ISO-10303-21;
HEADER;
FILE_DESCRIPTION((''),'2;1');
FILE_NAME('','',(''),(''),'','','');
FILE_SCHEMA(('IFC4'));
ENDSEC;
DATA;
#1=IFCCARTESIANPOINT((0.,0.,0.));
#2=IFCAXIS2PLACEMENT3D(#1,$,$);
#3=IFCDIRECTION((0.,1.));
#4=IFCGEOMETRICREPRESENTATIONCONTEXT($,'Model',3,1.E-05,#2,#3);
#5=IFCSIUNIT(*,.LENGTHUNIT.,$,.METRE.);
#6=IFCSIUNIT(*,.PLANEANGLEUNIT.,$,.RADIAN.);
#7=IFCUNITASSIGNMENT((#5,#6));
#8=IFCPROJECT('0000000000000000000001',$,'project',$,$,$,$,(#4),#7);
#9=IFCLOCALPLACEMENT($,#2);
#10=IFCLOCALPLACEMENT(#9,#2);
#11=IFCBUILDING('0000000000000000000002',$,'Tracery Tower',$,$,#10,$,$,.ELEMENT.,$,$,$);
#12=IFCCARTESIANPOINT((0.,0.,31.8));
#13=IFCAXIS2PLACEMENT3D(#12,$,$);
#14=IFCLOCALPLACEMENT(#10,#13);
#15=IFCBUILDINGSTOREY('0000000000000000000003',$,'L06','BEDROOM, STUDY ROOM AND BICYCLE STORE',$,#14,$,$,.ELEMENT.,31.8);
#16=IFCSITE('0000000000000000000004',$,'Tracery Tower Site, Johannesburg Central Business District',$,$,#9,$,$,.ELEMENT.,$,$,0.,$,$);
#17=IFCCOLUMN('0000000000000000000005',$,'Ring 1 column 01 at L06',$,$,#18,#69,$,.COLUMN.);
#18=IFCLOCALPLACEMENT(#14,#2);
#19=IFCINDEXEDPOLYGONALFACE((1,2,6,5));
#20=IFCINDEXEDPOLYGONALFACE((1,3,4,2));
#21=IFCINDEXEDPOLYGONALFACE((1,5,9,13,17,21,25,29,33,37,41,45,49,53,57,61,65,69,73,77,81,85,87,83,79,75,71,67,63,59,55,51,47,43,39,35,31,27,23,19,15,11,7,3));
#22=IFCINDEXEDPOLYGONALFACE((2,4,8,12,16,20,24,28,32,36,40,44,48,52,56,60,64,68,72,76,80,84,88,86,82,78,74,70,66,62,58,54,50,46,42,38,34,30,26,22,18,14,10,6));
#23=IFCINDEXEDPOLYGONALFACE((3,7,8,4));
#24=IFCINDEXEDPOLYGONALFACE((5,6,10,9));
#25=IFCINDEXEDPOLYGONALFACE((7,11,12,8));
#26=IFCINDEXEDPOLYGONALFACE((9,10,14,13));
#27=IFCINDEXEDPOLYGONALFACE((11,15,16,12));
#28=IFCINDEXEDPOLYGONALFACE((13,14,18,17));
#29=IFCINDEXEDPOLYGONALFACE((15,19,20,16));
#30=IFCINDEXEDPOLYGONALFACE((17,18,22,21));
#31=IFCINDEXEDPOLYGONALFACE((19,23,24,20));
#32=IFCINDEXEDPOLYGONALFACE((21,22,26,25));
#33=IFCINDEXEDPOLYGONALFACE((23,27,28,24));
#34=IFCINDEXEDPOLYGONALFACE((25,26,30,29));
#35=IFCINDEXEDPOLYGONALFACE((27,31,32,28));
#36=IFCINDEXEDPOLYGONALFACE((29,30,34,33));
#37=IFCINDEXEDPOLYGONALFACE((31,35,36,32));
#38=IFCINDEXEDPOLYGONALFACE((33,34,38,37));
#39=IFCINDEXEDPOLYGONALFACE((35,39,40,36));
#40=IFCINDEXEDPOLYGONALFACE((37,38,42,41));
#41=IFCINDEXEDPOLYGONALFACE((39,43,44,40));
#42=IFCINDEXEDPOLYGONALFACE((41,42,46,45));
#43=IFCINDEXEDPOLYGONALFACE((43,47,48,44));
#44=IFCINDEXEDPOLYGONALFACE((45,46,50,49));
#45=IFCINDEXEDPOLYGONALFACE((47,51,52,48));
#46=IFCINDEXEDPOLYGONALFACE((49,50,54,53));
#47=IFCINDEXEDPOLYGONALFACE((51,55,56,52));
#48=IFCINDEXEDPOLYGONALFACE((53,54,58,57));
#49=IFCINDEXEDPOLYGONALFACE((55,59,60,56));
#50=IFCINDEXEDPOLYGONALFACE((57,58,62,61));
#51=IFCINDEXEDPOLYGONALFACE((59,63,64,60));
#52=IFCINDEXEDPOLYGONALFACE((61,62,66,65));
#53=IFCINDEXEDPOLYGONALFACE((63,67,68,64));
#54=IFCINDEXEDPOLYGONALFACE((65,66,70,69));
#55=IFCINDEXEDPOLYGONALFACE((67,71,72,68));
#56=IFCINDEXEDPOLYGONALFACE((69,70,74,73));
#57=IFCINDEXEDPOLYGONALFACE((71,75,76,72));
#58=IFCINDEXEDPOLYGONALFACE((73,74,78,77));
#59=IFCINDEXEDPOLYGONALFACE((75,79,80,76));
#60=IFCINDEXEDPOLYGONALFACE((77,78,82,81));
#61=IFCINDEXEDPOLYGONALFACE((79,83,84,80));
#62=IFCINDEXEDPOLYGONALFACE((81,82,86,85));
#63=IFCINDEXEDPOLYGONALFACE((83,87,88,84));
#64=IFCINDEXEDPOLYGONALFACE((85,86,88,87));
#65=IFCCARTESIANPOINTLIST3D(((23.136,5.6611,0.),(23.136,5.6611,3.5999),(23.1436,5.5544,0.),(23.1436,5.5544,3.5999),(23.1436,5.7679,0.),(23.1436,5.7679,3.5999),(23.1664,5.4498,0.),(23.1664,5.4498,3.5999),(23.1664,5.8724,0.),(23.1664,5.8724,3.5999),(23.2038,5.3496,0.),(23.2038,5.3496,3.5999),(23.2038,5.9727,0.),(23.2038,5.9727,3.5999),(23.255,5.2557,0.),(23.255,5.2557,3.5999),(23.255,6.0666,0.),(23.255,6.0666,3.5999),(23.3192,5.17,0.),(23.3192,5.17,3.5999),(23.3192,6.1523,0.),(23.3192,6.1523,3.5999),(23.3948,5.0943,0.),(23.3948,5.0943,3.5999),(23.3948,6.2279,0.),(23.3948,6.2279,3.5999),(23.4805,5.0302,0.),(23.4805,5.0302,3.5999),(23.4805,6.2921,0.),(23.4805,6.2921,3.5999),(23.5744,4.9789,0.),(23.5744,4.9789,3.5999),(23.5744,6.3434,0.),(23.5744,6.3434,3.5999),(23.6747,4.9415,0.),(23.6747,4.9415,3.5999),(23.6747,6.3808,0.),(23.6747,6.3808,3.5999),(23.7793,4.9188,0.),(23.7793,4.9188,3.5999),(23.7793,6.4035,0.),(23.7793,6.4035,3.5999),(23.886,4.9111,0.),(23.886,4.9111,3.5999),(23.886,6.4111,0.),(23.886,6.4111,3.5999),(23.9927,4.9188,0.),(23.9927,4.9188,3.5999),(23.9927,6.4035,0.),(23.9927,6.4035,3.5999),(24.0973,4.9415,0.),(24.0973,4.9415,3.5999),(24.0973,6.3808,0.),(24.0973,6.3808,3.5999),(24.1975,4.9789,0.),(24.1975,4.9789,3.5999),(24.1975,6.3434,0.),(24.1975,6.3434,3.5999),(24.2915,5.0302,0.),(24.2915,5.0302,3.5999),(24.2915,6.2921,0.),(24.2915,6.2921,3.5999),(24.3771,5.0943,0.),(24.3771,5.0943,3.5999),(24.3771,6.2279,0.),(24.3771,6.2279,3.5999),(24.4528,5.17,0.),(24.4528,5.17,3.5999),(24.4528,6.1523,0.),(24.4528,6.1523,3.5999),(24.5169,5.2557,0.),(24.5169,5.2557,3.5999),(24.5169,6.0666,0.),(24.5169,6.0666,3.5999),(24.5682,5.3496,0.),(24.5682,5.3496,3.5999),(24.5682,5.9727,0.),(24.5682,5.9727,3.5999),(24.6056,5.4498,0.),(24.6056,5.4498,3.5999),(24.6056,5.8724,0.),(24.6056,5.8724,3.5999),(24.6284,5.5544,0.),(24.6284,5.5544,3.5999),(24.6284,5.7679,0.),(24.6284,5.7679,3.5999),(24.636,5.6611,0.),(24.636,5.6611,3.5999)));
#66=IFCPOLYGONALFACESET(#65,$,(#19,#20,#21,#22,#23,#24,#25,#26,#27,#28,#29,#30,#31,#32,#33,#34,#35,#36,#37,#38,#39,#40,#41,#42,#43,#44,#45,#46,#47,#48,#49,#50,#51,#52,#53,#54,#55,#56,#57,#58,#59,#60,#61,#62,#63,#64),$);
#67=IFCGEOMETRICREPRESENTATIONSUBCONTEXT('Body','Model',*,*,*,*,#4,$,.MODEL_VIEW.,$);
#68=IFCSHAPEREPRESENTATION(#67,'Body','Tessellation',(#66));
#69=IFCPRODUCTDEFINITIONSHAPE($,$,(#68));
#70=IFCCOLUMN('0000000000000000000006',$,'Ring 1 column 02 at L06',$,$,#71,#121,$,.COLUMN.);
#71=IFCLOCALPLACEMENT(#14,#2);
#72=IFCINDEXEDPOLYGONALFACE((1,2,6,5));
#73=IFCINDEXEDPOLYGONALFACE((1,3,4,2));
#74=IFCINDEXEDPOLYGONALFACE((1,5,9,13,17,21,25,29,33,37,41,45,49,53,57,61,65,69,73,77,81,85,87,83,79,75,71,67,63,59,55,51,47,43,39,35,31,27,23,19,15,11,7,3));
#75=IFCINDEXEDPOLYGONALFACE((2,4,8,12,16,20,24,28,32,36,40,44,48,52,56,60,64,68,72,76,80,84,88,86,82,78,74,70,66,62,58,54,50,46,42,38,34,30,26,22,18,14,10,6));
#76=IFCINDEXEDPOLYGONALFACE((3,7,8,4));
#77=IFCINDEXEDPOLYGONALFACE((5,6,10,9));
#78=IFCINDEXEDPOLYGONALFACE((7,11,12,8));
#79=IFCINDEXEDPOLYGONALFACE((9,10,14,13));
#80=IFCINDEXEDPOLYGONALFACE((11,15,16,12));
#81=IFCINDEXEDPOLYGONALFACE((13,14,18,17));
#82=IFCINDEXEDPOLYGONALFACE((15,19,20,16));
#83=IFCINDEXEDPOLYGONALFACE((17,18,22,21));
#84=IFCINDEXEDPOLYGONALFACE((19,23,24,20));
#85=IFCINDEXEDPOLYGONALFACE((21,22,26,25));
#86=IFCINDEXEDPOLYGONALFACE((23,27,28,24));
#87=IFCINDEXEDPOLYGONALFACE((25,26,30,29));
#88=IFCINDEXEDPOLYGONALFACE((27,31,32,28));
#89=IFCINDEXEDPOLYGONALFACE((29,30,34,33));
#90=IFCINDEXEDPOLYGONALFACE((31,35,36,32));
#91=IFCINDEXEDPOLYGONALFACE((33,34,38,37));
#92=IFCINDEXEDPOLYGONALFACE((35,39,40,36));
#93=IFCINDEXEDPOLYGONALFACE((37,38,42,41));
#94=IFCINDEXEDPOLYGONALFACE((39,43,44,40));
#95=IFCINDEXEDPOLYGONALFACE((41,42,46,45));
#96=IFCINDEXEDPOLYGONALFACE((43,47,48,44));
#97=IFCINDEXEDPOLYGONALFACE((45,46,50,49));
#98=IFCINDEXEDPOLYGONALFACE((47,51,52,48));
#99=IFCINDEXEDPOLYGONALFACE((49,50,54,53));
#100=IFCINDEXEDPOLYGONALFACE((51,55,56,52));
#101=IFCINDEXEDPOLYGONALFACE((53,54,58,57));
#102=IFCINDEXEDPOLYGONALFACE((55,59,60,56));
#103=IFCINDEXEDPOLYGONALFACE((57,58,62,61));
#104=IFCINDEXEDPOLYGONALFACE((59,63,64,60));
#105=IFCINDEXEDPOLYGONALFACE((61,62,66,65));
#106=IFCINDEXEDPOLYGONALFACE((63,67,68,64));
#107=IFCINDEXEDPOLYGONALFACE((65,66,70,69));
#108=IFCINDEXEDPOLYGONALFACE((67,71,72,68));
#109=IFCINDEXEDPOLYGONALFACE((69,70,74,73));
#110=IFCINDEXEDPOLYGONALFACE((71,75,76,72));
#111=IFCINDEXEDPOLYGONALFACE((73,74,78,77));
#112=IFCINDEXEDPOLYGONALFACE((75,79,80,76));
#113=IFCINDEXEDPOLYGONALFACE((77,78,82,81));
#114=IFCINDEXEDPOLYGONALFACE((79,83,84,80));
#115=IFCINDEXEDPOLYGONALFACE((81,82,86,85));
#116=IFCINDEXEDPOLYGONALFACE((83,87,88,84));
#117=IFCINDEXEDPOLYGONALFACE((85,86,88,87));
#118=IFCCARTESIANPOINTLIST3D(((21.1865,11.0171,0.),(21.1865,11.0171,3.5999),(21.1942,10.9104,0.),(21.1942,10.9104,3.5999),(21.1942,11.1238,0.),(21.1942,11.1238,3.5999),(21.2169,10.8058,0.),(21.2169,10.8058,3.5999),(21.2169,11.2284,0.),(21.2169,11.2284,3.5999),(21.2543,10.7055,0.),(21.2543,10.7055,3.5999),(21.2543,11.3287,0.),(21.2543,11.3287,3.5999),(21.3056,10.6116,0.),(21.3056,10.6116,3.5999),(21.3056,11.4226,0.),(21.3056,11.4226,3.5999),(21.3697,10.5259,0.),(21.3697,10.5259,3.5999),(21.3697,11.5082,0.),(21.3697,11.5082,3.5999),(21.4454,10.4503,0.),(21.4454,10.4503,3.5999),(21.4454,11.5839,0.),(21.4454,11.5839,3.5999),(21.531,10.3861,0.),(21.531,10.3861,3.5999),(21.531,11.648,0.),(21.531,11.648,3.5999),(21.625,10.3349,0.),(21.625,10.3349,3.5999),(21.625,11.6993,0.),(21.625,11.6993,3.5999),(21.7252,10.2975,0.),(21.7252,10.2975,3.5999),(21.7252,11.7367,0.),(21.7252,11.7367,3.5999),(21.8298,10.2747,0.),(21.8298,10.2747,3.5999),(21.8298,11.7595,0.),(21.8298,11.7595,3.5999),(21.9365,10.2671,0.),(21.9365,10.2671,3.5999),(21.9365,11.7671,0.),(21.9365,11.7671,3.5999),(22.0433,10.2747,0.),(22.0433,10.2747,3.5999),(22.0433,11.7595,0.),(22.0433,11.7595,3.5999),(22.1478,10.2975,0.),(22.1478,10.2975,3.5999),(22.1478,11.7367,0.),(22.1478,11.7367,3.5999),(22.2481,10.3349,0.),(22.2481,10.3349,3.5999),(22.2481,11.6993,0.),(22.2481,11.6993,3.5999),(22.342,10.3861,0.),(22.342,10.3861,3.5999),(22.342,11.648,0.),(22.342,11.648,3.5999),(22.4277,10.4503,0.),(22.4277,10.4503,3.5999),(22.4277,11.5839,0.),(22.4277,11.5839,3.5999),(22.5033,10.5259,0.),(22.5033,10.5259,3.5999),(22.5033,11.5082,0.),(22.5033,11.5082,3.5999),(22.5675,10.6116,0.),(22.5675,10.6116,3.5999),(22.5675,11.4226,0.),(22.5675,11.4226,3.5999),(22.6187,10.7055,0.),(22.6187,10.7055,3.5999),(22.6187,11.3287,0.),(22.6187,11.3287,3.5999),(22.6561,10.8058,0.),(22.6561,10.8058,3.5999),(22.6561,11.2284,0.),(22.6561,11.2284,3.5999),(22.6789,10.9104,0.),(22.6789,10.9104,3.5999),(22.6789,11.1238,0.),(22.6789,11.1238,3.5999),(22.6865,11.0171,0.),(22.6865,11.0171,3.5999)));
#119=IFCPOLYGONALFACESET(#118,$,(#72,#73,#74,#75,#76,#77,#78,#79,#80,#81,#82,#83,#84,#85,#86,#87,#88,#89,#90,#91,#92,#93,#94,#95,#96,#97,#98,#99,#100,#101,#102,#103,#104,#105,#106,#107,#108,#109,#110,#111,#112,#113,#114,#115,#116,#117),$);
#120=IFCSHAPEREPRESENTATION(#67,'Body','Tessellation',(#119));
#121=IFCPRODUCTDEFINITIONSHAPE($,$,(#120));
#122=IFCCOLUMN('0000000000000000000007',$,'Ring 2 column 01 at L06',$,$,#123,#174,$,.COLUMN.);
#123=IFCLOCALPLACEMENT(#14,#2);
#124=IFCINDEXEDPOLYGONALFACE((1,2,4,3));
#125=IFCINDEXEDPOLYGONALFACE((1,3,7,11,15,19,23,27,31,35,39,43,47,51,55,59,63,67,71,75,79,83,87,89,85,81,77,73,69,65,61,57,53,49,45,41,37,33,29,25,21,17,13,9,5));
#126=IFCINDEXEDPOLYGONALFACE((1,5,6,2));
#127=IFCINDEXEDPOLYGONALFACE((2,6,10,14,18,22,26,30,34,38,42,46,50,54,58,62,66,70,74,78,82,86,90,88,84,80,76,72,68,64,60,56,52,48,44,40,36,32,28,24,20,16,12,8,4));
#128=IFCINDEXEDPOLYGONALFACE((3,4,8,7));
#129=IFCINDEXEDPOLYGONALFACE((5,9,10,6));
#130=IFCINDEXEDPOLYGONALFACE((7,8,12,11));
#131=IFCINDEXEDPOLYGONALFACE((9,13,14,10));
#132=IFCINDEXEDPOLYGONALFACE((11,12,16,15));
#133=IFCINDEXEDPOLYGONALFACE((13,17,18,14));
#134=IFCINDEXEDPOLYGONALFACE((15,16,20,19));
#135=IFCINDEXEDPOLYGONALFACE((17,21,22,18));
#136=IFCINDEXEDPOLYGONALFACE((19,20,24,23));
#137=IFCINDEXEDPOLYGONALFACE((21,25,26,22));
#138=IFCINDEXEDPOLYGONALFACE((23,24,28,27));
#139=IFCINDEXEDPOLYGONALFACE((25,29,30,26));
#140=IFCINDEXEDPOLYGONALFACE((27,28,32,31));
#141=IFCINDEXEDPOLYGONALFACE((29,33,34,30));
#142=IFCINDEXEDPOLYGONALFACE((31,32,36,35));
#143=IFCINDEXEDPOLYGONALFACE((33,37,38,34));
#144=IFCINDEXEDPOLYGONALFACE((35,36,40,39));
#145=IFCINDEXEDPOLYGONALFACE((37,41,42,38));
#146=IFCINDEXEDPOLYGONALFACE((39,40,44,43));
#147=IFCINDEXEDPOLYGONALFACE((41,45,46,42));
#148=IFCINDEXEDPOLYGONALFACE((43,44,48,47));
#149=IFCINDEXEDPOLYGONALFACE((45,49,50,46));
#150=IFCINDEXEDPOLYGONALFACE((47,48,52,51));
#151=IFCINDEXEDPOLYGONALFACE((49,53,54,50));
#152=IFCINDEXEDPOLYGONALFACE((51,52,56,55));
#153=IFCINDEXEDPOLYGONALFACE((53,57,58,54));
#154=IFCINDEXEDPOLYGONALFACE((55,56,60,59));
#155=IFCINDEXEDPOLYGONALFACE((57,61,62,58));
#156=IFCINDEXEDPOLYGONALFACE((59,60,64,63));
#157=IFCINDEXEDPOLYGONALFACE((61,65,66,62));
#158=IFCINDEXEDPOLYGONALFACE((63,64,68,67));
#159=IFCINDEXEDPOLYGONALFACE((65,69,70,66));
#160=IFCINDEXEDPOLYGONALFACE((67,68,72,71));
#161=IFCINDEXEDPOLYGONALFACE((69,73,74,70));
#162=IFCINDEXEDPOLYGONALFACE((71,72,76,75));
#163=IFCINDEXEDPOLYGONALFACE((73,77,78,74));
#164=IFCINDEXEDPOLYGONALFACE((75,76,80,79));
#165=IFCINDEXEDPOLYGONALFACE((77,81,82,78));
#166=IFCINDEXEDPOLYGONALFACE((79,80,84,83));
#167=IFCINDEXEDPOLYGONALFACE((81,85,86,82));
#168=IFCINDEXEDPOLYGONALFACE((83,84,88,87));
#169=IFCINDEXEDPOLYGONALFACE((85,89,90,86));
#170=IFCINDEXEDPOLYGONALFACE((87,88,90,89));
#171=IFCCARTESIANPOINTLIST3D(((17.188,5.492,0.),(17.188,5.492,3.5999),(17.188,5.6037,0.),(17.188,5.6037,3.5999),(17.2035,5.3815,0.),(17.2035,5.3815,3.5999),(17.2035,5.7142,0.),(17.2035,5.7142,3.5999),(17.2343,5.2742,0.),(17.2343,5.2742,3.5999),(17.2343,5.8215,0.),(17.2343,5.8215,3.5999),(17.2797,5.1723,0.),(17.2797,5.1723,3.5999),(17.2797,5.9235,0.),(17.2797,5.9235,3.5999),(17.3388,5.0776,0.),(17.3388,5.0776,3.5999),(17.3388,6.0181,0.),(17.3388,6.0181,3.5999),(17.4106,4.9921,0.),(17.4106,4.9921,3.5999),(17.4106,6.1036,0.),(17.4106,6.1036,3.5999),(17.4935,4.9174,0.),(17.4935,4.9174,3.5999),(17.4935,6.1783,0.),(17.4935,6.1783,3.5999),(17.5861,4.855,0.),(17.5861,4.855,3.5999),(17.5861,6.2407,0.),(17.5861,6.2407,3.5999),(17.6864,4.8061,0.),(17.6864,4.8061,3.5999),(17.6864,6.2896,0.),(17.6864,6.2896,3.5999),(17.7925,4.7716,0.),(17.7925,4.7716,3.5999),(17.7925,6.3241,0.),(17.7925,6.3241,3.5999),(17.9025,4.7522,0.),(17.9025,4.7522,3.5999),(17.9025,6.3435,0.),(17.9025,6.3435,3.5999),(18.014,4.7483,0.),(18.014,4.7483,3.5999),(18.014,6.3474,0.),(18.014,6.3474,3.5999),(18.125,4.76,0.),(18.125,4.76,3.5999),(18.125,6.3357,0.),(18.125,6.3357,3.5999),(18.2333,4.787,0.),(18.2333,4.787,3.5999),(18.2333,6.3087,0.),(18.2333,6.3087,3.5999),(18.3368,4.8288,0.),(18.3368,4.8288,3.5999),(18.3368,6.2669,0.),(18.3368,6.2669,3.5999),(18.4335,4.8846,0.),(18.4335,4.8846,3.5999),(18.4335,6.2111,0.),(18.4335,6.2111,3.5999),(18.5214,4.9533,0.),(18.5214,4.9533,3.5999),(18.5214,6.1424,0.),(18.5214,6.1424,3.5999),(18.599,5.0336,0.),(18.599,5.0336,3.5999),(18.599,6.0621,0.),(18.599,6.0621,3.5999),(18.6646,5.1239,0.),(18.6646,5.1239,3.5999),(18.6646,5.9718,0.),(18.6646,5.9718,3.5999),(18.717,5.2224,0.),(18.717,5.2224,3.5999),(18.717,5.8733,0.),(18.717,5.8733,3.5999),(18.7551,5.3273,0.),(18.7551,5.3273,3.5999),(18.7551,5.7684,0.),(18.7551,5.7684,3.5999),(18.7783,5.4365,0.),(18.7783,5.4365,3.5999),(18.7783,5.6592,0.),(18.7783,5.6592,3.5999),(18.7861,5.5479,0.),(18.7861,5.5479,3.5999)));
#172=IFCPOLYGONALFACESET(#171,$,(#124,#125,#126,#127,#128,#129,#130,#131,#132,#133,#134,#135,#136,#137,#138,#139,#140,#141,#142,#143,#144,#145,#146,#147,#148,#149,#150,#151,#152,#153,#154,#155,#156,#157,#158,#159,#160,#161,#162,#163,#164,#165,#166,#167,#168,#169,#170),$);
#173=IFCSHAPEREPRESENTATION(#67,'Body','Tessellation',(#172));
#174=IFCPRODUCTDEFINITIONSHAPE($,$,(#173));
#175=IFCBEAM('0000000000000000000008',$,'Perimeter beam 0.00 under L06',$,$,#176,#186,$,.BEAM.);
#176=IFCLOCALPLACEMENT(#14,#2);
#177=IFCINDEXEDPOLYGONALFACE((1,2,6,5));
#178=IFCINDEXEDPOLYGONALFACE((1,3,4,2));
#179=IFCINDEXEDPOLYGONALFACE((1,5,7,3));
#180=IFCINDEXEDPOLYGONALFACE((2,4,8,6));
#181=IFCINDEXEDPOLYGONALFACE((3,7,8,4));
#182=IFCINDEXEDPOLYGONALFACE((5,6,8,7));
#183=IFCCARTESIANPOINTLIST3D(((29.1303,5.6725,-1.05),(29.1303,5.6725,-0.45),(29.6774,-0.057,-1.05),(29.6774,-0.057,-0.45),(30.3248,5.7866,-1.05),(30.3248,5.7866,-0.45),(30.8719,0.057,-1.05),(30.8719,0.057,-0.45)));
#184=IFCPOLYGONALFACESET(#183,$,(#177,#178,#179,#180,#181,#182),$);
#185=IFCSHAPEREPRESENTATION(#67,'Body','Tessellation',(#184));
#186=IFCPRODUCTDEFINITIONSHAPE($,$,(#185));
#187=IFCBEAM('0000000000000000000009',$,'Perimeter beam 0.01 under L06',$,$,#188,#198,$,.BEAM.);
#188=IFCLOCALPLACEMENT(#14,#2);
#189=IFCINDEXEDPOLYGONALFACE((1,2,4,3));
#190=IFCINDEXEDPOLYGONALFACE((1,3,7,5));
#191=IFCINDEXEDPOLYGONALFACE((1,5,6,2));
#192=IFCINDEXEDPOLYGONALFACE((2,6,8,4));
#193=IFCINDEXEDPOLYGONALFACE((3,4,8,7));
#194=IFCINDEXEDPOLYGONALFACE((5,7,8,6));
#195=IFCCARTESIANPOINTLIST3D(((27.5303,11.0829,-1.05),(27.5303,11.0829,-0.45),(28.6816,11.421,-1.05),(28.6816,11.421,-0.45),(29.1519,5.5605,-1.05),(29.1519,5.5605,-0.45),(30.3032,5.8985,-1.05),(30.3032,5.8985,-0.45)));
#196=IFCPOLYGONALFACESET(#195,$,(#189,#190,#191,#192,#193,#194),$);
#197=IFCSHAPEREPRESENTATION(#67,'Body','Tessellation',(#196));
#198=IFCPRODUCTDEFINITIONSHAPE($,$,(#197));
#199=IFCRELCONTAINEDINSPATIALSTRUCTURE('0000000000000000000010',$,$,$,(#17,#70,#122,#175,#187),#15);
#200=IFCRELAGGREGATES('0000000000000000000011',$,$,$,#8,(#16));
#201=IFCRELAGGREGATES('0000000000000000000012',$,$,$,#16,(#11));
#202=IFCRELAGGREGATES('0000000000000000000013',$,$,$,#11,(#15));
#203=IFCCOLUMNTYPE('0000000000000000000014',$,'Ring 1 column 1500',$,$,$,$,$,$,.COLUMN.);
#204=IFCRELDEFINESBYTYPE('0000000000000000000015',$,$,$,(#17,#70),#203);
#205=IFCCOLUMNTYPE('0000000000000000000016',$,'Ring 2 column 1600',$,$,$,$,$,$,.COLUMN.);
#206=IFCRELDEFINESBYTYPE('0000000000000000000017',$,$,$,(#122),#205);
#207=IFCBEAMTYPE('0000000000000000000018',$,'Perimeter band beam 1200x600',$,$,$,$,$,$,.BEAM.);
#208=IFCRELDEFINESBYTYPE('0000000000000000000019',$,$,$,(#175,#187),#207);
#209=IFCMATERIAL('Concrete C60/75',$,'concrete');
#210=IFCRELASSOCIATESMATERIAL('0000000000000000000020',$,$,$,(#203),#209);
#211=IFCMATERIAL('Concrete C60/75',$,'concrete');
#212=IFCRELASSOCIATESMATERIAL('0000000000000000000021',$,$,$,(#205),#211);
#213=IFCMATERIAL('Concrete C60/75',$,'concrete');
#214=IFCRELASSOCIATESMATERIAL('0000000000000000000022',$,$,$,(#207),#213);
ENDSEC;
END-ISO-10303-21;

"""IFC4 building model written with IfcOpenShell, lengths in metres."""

from ifc_helpers import new_model, si_unit, direction, frame, origin, origin_2d, place, context, subcontext, project, spatial, rectangle, circle, extrude, material, material_profile, profile_set, type_object, element, save


model = new_model("IFC4")

# Units and contexts
model_context = context("Model", 3, precision=1e-05, world=origin(), true_north=direction((0.0, 1.0)))
body_context = subcontext(model_context, "Body", "Model", "MODEL_VIEW")
ifc_project = project(units=[si_unit("LENGTHUNIT", "METRE"), si_unit("PLANEANGLEUNIT", "RADIAN")], contexts=[model_context])

# Site, building, storey
site_placement = place(None, origin())
site = spatial("IfcSite", under=ifc_project, at=site_placement, Name="Tracery Tower Site, Johannesburg Central Business District", CompositionType="ELEMENT", RefElevation=0.0)
building_placement = place(site_placement, origin())
building = spatial("IfcBuilding", under=site, at=building_placement, Name="Tracery Tower", CompositionType="ELEMENT")
storey_placement = place(building_placement, frame((0.0, 0.0, 31.8)))
storey = spatial("IfcBuildingStorey", under=building, at=storey_placement, Name="L06", Description="BEDROOM, STUDY ROOM AND BICYCLE STORE", CompositionType="ELEMENT", Elevation=31.8)

# Columns
ifc_material_1 = material(Name="Concrete C60/75", Category="concrete")
ifc_material_profile_1 = material_profile(ifc_material_1, circle(Radius=0.75, at=origin_2d()), Name="RC D1500")
ifc_profile_set_1 = profile_set([ifc_material_profile_1], Name="Concrete C60/75")
column_type_1 = type_object("IfcColumnType", Name="Ring 1 column 1500", PredefinedType="COLUMN", material=ifc_profile_set_1)
for number, where, z_axis, x_axis, name in (
    (1, (23.886, 5.6611, 0.0), (0.0, 0.0, 1.0), (1.0, 0.0, 0.0), "Ring 1 column 01 at L06"),
    (2, (21.9365, 11.0171, 0.0), (0.0, 0.0, 1.0), (1.0, 0.0, 0.0), "Ring 1 column 02 at L06"),
):
    element("IfcColumn", number, at=place(storey_placement, frame(where, z_axis=z_axis, x_axis=x_axis)), inside=storey, type_object=column_type_1, Name=name, PredefinedType="COLUMN", context=body_context, shape_type="SweptSolid", body=[
        extrude(circle(Radius=0.75, at=origin_2d()), origin(), (0.0, 0.0, 1.0), 3.5999),
    ])
ifc_material_2 = material(Name="Concrete C60/75", Category="concrete")
ifc_material_profile_2 = material_profile(ifc_material_2, circle(Radius=0.8, at=origin_2d()), Name="RC D1600")
ifc_profile_set_2 = profile_set([ifc_material_profile_2], Name="Concrete C60/75")
column_type_2 = type_object("IfcColumnType", Name="Ring 2 column 1600", PredefinedType="COLUMN", material=ifc_profile_set_2)
column_placement = place(storey_placement, frame((17.9861, 5.5479, 0.0), z_axis=(0.0, 0.0, 1.0), x_axis=(1.0, 0.0, 0.0)))
element("IfcColumn", 3, at=column_placement, inside=storey, type_object=column_type_2, Name="Ring 2 column 01 at L06", PredefinedType="COLUMN", context=body_context, shape_type="SweptSolid", body=[
    extrude(circle(Radius=0.8, at=origin_2d()), origin(), (0.0, 0.0, 1.0), 3.5999),
])

# Beams
ifc_material_3 = material(Name="Concrete C60/75", Category="concrete")
ifc_material_profile_3 = material_profile(ifc_material_3, rectangle(XDim=1.2, YDim=0.6001, at=origin_2d()), Name="RC 1200x600")
ifc_profile_set_3 = profile_set([ifc_material_profile_3], Name="Concrete C60/75")
beam_type = type_object("IfcBeamType", Name="Perimeter band beam 1200x600", PredefinedType="BEAM", material=ifc_profile_set_3)
for number, where, z_axis, x_axis, name in (
    (4, (30.2747, 0.0, -0.75), (-0.095059, 0.995472, 0.0), (-0.995472, -0.095059, 0.0), "Perimeter beam 0.00 under L06"),
    (5, (29.7275, 5.7295, -0.75), (-0.281739, 0.959491, 0.0), (-0.959491, -0.281739, 0.0), "Perimeter beam 0.01 under L06"),
):
    element("IfcBeam", number, at=place(storey_placement, frame(where, z_axis=z_axis, x_axis=x_axis)), inside=storey, type_object=beam_type, Name=name, PredefinedType="BEAM", context=body_context, shape_type="SweptSolid", body=[
        extrude(rectangle(XDim=1.2, YDim=0.6001, at=origin_2d()), origin(), (0.0, 0.0, 1.0), 5.7556),
    ])

save(model, "model.ifc")
